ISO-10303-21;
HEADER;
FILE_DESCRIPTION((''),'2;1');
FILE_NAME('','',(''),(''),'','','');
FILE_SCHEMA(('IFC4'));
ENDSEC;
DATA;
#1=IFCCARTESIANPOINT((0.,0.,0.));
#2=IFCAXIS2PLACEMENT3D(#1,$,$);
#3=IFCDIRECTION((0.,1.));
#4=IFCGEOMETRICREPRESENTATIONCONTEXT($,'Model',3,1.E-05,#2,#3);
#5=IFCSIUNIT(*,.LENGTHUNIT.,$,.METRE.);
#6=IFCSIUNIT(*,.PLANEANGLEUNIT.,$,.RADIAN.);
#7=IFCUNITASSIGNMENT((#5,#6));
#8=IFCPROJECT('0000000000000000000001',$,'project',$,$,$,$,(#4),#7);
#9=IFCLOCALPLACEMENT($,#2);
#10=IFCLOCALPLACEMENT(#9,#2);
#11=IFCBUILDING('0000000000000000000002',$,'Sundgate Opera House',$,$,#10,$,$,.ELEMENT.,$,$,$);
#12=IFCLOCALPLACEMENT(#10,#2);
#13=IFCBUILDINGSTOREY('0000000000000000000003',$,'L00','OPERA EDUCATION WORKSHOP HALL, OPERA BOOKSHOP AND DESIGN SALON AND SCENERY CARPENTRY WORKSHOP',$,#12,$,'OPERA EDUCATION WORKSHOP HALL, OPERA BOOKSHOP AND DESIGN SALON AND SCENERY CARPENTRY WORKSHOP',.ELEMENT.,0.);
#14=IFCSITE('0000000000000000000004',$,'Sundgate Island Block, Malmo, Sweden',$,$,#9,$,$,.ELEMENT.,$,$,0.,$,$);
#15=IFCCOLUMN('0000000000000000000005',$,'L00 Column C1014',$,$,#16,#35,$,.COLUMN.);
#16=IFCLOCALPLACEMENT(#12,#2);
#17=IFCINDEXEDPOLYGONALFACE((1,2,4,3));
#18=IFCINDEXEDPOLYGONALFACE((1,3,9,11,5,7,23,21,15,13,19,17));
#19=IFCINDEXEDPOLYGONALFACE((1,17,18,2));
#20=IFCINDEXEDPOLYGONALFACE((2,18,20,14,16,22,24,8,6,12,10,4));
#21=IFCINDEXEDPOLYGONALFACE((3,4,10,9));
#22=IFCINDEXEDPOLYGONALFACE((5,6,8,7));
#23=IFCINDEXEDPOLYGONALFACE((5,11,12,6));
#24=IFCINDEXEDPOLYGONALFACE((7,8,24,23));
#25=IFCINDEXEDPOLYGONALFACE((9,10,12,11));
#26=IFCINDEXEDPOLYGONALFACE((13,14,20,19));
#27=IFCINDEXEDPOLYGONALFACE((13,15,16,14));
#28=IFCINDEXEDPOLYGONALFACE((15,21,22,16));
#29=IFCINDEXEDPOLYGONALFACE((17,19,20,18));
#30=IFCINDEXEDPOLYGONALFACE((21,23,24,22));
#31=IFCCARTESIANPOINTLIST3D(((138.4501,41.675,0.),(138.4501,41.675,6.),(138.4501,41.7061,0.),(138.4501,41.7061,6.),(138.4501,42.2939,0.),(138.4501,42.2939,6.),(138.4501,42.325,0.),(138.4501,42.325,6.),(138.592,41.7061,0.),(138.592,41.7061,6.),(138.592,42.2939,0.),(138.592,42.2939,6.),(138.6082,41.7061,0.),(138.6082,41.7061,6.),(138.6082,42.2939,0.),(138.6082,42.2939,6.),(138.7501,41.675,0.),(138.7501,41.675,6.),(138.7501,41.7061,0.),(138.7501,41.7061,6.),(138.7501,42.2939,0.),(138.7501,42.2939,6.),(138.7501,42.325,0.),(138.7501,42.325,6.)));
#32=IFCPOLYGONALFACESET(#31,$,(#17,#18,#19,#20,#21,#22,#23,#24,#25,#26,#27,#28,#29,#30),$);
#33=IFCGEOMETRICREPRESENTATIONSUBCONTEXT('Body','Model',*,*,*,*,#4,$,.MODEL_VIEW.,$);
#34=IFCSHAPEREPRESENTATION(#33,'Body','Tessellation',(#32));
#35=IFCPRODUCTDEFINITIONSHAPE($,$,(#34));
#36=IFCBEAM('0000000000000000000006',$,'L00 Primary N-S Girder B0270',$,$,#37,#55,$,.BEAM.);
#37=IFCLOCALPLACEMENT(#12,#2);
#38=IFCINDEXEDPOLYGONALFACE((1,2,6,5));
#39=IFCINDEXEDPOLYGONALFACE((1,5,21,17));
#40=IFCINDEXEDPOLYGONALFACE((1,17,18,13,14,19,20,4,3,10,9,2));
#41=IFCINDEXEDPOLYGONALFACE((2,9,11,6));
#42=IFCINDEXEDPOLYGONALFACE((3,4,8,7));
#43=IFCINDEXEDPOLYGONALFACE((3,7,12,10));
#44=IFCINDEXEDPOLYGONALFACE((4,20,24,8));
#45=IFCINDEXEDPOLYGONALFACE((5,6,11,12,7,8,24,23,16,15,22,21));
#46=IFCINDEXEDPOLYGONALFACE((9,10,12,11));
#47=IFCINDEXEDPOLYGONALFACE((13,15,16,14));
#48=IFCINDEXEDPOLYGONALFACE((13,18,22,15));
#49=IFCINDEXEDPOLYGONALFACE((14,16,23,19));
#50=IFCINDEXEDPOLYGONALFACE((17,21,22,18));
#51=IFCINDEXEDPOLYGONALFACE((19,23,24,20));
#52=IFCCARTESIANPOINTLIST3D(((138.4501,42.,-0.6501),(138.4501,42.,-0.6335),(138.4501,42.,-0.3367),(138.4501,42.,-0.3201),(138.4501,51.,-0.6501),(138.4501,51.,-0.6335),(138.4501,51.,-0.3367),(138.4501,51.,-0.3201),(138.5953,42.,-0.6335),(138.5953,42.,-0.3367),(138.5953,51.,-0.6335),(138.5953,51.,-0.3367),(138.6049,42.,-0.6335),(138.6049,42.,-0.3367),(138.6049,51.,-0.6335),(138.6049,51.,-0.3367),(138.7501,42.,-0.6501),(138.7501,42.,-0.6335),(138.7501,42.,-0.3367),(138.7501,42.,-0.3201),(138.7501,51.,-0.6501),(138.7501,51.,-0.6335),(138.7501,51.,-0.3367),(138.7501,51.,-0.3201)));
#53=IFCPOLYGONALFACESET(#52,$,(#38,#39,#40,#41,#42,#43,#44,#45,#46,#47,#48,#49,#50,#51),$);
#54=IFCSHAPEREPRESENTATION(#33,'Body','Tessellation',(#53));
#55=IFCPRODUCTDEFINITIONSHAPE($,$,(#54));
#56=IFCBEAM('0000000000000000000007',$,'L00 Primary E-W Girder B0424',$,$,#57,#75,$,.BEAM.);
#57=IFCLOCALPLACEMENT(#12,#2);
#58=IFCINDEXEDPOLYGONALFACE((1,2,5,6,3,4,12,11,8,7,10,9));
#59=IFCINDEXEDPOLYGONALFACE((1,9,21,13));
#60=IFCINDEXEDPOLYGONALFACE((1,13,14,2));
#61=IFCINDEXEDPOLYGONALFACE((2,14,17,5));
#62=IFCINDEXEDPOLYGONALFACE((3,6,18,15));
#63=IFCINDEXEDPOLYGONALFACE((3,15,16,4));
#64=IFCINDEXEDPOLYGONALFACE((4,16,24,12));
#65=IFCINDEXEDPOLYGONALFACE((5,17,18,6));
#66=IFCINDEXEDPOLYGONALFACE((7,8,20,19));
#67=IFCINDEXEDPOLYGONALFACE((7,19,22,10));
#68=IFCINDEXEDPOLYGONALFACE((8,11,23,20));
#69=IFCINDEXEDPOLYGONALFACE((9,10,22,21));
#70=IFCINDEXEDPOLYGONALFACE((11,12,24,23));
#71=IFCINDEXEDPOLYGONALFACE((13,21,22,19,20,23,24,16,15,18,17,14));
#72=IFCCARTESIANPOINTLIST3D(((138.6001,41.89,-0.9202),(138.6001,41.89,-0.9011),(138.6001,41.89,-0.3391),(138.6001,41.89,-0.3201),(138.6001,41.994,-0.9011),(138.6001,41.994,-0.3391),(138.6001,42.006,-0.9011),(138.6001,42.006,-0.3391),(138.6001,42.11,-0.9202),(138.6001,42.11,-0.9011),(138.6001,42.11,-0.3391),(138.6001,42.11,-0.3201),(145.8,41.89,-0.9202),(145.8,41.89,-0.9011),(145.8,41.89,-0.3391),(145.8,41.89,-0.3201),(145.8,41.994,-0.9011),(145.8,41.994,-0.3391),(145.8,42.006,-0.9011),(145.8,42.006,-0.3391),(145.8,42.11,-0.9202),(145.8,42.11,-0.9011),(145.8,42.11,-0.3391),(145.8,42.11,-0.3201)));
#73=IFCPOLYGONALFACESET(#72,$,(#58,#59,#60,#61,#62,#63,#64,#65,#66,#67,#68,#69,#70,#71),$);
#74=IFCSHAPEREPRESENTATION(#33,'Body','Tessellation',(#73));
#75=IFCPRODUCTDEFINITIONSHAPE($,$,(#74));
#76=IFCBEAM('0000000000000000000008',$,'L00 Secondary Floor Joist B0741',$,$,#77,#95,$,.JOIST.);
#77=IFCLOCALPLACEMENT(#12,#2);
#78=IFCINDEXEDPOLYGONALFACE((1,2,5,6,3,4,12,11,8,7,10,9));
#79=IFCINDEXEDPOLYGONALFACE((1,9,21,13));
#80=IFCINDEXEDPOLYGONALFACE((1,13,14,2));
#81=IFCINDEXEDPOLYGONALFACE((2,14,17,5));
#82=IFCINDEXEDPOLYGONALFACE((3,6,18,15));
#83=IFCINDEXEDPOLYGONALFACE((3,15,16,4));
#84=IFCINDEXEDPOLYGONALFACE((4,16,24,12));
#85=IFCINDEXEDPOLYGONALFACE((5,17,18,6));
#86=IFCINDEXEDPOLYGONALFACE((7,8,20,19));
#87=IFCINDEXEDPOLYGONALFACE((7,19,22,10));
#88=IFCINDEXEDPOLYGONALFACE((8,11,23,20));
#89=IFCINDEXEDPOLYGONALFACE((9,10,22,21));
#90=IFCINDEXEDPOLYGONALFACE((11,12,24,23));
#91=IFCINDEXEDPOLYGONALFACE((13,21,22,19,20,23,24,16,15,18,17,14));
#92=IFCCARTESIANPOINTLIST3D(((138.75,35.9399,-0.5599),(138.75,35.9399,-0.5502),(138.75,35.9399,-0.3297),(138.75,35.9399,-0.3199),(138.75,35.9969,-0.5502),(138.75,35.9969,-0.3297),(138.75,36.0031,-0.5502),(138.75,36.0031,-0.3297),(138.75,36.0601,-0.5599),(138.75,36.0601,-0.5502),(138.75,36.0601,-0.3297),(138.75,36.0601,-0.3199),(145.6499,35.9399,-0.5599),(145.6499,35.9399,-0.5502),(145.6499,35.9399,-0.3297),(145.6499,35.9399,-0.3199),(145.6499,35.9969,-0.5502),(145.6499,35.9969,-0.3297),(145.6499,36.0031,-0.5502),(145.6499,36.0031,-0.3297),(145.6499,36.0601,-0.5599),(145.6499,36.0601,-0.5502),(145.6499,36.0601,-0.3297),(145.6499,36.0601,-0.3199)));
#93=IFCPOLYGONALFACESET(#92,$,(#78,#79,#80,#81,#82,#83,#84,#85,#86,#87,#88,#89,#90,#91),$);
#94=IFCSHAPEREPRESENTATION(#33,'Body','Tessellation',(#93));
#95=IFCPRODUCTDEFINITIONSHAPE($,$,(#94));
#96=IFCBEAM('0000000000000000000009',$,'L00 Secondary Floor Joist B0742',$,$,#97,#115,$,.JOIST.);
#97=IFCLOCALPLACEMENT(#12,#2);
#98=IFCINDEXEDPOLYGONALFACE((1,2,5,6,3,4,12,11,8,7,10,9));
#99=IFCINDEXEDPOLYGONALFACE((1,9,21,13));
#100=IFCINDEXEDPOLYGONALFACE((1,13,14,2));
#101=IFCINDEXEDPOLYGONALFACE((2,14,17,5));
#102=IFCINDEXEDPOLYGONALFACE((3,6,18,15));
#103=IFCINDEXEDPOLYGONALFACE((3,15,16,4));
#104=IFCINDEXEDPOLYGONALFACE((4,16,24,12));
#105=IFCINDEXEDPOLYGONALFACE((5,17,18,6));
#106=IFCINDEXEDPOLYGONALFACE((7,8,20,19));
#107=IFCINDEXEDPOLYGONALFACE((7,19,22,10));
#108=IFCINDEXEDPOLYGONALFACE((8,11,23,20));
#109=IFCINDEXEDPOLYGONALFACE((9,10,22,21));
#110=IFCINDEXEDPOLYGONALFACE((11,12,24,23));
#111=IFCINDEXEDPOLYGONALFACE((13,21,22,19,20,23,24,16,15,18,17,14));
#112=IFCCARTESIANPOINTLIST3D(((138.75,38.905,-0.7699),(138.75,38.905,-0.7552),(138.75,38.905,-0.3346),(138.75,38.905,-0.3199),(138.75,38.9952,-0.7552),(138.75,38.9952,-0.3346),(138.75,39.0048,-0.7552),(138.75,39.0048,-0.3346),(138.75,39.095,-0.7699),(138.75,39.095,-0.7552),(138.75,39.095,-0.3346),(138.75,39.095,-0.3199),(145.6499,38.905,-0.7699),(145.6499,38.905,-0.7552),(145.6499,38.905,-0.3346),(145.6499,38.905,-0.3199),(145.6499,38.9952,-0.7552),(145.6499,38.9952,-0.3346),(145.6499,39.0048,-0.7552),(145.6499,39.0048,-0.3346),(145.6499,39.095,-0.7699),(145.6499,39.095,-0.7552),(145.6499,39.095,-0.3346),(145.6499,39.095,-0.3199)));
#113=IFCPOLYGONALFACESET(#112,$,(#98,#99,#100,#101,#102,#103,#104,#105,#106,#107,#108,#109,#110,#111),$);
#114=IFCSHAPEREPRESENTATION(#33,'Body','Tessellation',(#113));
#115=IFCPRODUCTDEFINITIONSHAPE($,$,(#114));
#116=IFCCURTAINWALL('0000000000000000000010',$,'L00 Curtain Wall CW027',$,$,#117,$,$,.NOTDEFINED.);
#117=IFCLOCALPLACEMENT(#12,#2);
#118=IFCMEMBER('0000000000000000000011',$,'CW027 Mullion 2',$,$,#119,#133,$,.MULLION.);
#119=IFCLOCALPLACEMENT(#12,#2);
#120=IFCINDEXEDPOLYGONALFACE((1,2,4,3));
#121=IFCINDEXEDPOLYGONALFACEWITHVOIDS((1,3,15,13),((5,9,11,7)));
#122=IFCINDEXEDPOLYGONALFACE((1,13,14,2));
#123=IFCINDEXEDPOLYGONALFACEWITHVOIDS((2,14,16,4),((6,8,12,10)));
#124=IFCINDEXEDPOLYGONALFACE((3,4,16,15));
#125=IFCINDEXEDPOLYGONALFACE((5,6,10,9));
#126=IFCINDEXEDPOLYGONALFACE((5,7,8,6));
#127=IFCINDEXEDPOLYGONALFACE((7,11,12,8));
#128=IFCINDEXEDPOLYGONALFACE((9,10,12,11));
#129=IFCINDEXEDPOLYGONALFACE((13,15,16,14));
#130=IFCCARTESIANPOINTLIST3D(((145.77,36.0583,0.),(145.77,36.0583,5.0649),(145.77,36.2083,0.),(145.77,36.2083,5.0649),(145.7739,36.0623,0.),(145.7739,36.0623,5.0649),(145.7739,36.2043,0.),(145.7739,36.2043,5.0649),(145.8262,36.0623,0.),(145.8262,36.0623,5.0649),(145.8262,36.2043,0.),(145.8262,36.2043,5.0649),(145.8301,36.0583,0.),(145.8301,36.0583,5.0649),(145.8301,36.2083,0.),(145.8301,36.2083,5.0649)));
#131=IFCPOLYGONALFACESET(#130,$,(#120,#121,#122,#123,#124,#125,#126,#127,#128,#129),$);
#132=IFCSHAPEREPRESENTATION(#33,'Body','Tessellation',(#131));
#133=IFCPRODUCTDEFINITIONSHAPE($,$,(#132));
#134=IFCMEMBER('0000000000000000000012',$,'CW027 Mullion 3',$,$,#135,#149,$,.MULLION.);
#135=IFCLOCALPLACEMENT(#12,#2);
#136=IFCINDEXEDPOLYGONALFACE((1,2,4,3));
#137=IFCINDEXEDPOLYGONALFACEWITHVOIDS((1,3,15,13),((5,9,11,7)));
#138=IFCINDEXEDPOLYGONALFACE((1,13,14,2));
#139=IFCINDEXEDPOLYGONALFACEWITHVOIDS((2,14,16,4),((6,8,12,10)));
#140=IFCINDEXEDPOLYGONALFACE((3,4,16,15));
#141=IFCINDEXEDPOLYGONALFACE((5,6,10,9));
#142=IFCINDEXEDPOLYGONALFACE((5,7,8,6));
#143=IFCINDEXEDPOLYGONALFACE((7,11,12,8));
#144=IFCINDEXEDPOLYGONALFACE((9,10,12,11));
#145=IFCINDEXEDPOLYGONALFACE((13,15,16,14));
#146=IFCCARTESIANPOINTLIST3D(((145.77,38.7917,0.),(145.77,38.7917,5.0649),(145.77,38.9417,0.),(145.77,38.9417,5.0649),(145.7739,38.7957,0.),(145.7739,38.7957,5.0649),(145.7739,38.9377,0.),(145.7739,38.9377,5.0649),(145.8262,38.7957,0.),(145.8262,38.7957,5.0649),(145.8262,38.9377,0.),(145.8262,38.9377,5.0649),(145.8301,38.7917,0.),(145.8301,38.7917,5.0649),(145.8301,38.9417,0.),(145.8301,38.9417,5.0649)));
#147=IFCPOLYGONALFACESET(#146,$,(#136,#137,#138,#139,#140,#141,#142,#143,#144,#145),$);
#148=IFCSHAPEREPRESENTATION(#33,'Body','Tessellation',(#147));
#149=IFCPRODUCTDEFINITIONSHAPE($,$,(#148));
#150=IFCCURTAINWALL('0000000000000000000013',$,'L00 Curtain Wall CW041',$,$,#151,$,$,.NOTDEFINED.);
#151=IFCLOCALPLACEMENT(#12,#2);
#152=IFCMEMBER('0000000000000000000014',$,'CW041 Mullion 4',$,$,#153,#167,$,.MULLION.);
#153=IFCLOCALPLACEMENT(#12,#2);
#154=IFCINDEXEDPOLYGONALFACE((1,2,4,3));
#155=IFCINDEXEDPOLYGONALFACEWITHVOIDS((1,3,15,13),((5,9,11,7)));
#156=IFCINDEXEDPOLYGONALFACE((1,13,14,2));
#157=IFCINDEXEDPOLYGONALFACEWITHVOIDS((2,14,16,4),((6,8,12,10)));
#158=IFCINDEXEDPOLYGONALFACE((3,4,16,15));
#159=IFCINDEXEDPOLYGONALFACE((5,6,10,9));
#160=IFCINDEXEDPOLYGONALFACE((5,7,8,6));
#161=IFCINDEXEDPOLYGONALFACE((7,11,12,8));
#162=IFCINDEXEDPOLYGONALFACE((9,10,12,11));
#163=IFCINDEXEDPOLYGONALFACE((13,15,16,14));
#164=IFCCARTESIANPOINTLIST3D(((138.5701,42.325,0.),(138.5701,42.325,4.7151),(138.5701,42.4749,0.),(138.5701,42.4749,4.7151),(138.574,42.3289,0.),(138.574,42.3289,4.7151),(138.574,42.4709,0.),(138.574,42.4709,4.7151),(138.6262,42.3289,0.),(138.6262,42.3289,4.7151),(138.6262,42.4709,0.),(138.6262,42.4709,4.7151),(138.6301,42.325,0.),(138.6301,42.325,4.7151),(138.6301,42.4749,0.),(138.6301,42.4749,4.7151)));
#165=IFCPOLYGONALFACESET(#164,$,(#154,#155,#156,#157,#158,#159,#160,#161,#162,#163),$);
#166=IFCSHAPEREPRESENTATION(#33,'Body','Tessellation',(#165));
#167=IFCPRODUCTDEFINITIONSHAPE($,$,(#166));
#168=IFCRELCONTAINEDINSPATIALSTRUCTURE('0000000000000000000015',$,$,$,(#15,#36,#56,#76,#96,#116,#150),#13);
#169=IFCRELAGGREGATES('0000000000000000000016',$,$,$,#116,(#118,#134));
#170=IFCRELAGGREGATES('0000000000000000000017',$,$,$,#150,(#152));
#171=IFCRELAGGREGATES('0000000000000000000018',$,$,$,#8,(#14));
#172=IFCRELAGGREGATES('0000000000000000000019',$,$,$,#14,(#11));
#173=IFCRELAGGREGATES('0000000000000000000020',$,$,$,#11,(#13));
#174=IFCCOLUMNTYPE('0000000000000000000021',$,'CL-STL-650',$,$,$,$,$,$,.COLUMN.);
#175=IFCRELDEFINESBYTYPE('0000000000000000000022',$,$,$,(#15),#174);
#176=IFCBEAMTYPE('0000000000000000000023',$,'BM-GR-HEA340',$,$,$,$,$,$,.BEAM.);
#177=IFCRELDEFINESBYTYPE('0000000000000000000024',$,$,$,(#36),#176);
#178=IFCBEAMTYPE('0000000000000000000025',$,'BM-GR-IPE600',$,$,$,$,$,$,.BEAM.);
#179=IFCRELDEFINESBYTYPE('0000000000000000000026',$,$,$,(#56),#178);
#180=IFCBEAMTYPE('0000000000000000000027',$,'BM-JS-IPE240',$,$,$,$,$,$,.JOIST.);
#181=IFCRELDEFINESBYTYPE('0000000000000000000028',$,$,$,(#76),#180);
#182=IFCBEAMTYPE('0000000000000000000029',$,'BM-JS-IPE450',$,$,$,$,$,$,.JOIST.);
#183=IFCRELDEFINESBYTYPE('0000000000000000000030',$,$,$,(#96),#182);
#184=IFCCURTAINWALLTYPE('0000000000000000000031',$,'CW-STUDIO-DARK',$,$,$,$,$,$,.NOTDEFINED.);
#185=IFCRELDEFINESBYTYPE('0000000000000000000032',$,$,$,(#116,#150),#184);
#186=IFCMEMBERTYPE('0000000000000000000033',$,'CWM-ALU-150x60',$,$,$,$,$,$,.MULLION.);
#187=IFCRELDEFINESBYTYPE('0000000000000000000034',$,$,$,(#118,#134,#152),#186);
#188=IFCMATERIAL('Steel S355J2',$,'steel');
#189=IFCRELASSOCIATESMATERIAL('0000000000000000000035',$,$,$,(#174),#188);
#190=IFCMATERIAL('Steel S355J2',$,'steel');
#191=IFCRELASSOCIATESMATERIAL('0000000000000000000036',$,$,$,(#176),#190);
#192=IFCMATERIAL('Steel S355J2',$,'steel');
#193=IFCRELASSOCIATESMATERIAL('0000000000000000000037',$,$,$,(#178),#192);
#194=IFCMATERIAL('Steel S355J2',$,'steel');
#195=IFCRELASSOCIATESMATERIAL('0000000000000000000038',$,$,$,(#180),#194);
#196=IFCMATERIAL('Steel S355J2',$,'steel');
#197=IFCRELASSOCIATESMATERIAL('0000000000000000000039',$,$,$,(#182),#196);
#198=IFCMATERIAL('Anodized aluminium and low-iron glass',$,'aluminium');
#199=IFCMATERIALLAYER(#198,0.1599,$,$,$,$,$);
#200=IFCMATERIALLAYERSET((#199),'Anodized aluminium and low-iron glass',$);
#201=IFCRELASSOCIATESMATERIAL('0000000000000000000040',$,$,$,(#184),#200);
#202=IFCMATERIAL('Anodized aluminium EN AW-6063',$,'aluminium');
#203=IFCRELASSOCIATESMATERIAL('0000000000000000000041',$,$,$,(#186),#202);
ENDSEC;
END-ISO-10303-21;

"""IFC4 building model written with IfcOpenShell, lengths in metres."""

from ifc_helpers import new_model, si_unit, direction, frame, origin, origin_2d, place, context, subcontext, project, spatial, hollow_rectangle, i_section, extrude, material, layer, layer_set, material_profile, profile_set, type_object, element, aggregate, save


model = new_model("IFC4")

# Units and contexts
model_context = context("Model", 3, precision=1e-05, world=origin(), true_north=direction((0.0, 1.0)))
body_context = subcontext(model_context, "Body", "Model", "MODEL_VIEW")
ifc_project = project(units=[si_unit("LENGTHUNIT", "METRE"), si_unit("PLANEANGLEUNIT", "RADIAN")], contexts=[model_context])

# Site, building, storey
site_placement = place(None, origin())
site = spatial("IfcSite", under=ifc_project, at=site_placement, Name="Sundgate Island Block, Malmo, Sweden", CompositionType="ELEMENT", RefElevation=0.0)
building_placement = place(site_placement, origin())
building = spatial("IfcBuilding", under=site, at=building_placement, Name="Sundgate Opera House", CompositionType="ELEMENT")
storey_placement = place(building_placement, origin())
storey = spatial("IfcBuildingStorey", under=building, at=storey_placement, Name="L00", Description="OPERA EDUCATION WORKSHOP HALL, OPERA BOOKSHOP AND DESIGN SALON AND SCENERY CARPENTRY WORKSHOP", LongName="OPERA EDUCATION WORKSHOP HALL, OPERA BOOKSHOP AND DESIGN SALON AND SCENERY CARPENTRY WORKSHOP", CompositionType="ELEMENT", Elevation=0.0)

# Column
ifc_material_1 = material(Name="Steel S355J2", Category="steel")
ifc_material_profile_1 = material_profile(ifc_material_1, i_section(OverallWidth=0.3, OverallDepth=0.6499, WebThickness=0.0161, FlangeThickness=0.031, at=origin_2d()), Name="HEB 650")
ifc_profile_set_1 = profile_set([ifc_material_profile_1], Name="Steel S355J2")
column_type = type_object("IfcColumnType", Name="CL-STL-650", PredefinedType="COLUMN", material=ifc_profile_set_1)
column_placement = place(storey_placement, frame((138.6001, 42.0, 0.0), z_axis=(0.0, 0.0, 1.0), x_axis=(1.0, 0.0, 0.0)))
element("IfcColumn", 1, at=column_placement, inside=storey, type_object=column_type, Name="L00 Column C1014", PredefinedType="COLUMN", context=body_context, shape_type="SweptSolid", body=[
    extrude(i_section(OverallWidth=0.3, OverallDepth=0.6499, WebThickness=0.0161, FlangeThickness=0.031, at=origin_2d()), origin(), (0.0, 0.0, 1.0), 6.0),
])

# Beams
ifc_material_2 = material(Name="Steel S355J2", Category="steel")
ifc_material_profile_2 = material_profile(ifc_material_2, i_section(OverallWidth=0.3, OverallDepth=0.3301, WebThickness=0.0095, FlangeThickness=0.0166, at=origin_2d()), Name="HEA 340")
ifc_profile_set_2 = profile_set([ifc_material_profile_2], Name="Steel S355J2")
beam_type_1 = type_object("IfcBeamType", Name="BM-GR-HEA340", PredefinedType="BEAM", material=ifc_profile_set_2)
beam_1_placement = place(storey_placement, frame((138.6001, 42.0, -0.4851), z_axis=(0.0, 1.0, 0.0), x_axis=(-1.0, 0.0, 0.0)))
element("IfcBeam", 2, at=beam_1_placement, inside=storey, type_object=beam_type_1, Name="L00 Primary N-S Girder B0270", PredefinedType="BEAM", context=body_context, shape_type="SweptSolid", body=[
    extrude(i_section(OverallWidth=0.3, OverallDepth=0.3301, WebThickness=0.0095, FlangeThickness=0.0166, at=origin_2d()), origin(), (0.0, 0.0, 1.0), 9.0),
])
ifc_material_3 = material(Name="Steel S355J2", Category="steel")
ifc_material_profile_3 = material_profile(ifc_material_3, i_section(OverallWidth=0.22, OverallDepth=0.6001, WebThickness=0.012, FlangeThickness=0.019, at=origin_2d()), Name="IPE 600")
ifc_profile_set_3 = profile_set([ifc_material_profile_3], Name="Steel S355J2")
beam_type_2 = type_object("IfcBeamType", Name="BM-GR-IPE600", PredefinedType="BEAM", material=ifc_profile_set_3)
beam_2_placement = place(storey_placement, frame((138.6001, 42.0, -0.6201), z_axis=(1.0, 0.0, 0.0), x_axis=(0.0, 1.0, 0.0)))
element("IfcBeam", 3, at=beam_2_placement, inside=storey, type_object=beam_type_2, Name="L00 Primary E-W Girder B0424", PredefinedType="BEAM", context=body_context, shape_type="SweptSolid", body=[
    extrude(i_section(OverallWidth=0.22, OverallDepth=0.6001, WebThickness=0.012, FlangeThickness=0.019, at=origin_2d()), origin(), (0.0, 0.0, 1.0), 7.2),
])
ifc_material_4 = material(Name="Steel S355J2", Category="steel")
ifc_material_profile_4 = material_profile(ifc_material_4, i_section(OverallWidth=0.1201, OverallDepth=0.24, WebThickness=0.0061, FlangeThickness=0.0098, at=origin_2d()), Name="IPE 240")
ifc_profile_set_4 = profile_set([ifc_material_profile_4], Name="Steel S355J2")
beam_type_3 = type_object("IfcBeamType", Name="BM-JS-IPE240", PredefinedType="JOIST", material=ifc_profile_set_4)
beam_3_placement = place(storey_placement, frame((138.75, 36.0, -0.4399), z_axis=(1.0, 0.0, 0.0), x_axis=(0.0, 1.0, 0.0)))
element("IfcBeam", 4, at=beam_3_placement, inside=storey, type_object=beam_type_3, Name="L00 Secondary Floor Joist B0741", PredefinedType="JOIST", context=body_context, shape_type="SweptSolid", body=[
    extrude(i_section(OverallWidth=0.1201, OverallDepth=0.24, WebThickness=0.0061, FlangeThickness=0.0098, at=origin_2d()), origin(), (0.0, 0.0, 1.0), 6.8999),
])
ifc_material_5 = material(Name="Steel S355J2", Category="steel")
ifc_material_profile_5 = material_profile(ifc_material_5, i_section(OverallWidth=0.1899, OverallDepth=0.45, WebThickness=0.0095, FlangeThickness=0.0146, at=origin_2d()), Name="IPE 450")
ifc_profile_set_5 = profile_set([ifc_material_profile_5], Name="Steel S355J2")
beam_type_4 = type_object("IfcBeamType", Name="BM-JS-IPE450", PredefinedType="JOIST", material=ifc_profile_set_5)
beam_4_placement = place(storey_placement, frame((138.75, 39.0, -0.5449), z_axis=(1.0, 0.0, 0.0), x_axis=(0.0, 1.0, 0.0)))
element("IfcBeam", 5, at=beam_4_placement, inside=storey, type_object=beam_type_4, Name="L00 Secondary Floor Joist B0742", PredefinedType="JOIST", context=body_context, shape_type="SweptSolid", body=[
    extrude(i_section(OverallWidth=0.1899, OverallDepth=0.45, WebThickness=0.0095, FlangeThickness=0.0146, at=origin_2d()), origin(), (0.0, 0.0, 1.0), 6.8999),
])

# Curtain wall, members
ifc_material_6 = material(Name="Anodized aluminium and low-iron glass", Category="aluminium")
ifc_layer_1 = layer(ifc_material_6, 0.1599)
ifc_layer_set_1 = layer_set([ifc_layer_1], Name="Anodized aluminium and low-iron glass")
curtain_wall_type = type_object("IfcCurtainWallType", Name="CW-STUDIO-DARK", PredefinedType="NOTDEFINED", material=ifc_layer_set_1)
curtain_wall_1_placement = place(storey_placement, origin())
curtain_wall_1 = element("IfcCurtainWall", 6, at=curtain_wall_1_placement, inside=storey, type_object=curtain_wall_type, Name="L00 Curtain Wall CW027", PredefinedType="NOTDEFINED")
ifc_material_7 = material(Name="Anodized aluminium EN AW-6063", Category="aluminium")
ifc_material_profile_6 = material_profile(ifc_material_7, hollow_rectangle(XDim=0.0601, YDim=0.1499, WallThickness=0.0039, at=origin_2d()), Name="CWM 150x60x4")
ifc_profile_set_6 = profile_set([ifc_material_profile_6], Name="Anodized aluminium EN AW-6063")
member_type_1 = type_object("IfcMemberType", Name="CWM-ALU-150x60", PredefinedType="MULLION", material=ifc_profile_set_6)
member_1_placement = place(storey_placement, frame((145.8, 36.1333, 0.0), z_axis=(0.0, 0.0, 1.0), x_axis=(1.0, 0.0, 0.0)))
member_1 = element("IfcMember", 7, at=member_1_placement, type_object=member_type_1, Name="CW027 Mullion 2", PredefinedType="MULLION", context=body_context, shape_type="SweptSolid", body=[
    extrude(hollow_rectangle(XDim=0.0601, YDim=0.1499, WallThickness=0.0039, at=origin_2d()), origin(), (0.0, 0.0, 1.0), 5.0649),
])
member_2_placement = place(storey_placement, frame((145.8, 38.8667, 0.0), z_axis=(0.0, 0.0, 1.0), x_axis=(1.0, 0.0, 0.0)))
member_2 = element("IfcMember", 8, at=member_2_placement, type_object=member_type_1, Name="CW027 Mullion 3", PredefinedType="MULLION", context=body_context, shape_type="SweptSolid", body=[
    extrude(hollow_rectangle(XDim=0.0601, YDim=0.1499, WallThickness=0.0039, at=origin_2d()), origin(), (0.0, 0.0, 1.0), 5.0649),
])

# Curtain wall, member
curtain_wall_2_placement = place(storey_placement, origin())
curtain_wall_2 = element("IfcCurtainWall", 9, at=curtain_wall_2_placement, inside=storey, type_object=curtain_wall_type, Name="L00 Curtain Wall CW041", PredefinedType="NOTDEFINED")
member_3_placement = place(storey_placement, frame((138.6001, 42.3999, 0.0), z_axis=(0.0, 0.0, 1.0), x_axis=(1.0, 0.0, 0.0)))
member_3 = element("IfcMember", 10, at=member_3_placement, type_object=member_type_1, Name="CW041 Mullion 4", PredefinedType="MULLION", context=body_context, shape_type="SweptSolid", body=[
    extrude(hollow_rectangle(XDim=0.0601, YDim=0.1499, WallThickness=0.0039, at=origin_2d()), origin(), (0.0, 0.0, 1.0), 4.7151),
])

aggregate(curtain_wall_1, [member_1, member_2])
aggregate(curtain_wall_2, [member_3])

save(model, "model.ifc")
